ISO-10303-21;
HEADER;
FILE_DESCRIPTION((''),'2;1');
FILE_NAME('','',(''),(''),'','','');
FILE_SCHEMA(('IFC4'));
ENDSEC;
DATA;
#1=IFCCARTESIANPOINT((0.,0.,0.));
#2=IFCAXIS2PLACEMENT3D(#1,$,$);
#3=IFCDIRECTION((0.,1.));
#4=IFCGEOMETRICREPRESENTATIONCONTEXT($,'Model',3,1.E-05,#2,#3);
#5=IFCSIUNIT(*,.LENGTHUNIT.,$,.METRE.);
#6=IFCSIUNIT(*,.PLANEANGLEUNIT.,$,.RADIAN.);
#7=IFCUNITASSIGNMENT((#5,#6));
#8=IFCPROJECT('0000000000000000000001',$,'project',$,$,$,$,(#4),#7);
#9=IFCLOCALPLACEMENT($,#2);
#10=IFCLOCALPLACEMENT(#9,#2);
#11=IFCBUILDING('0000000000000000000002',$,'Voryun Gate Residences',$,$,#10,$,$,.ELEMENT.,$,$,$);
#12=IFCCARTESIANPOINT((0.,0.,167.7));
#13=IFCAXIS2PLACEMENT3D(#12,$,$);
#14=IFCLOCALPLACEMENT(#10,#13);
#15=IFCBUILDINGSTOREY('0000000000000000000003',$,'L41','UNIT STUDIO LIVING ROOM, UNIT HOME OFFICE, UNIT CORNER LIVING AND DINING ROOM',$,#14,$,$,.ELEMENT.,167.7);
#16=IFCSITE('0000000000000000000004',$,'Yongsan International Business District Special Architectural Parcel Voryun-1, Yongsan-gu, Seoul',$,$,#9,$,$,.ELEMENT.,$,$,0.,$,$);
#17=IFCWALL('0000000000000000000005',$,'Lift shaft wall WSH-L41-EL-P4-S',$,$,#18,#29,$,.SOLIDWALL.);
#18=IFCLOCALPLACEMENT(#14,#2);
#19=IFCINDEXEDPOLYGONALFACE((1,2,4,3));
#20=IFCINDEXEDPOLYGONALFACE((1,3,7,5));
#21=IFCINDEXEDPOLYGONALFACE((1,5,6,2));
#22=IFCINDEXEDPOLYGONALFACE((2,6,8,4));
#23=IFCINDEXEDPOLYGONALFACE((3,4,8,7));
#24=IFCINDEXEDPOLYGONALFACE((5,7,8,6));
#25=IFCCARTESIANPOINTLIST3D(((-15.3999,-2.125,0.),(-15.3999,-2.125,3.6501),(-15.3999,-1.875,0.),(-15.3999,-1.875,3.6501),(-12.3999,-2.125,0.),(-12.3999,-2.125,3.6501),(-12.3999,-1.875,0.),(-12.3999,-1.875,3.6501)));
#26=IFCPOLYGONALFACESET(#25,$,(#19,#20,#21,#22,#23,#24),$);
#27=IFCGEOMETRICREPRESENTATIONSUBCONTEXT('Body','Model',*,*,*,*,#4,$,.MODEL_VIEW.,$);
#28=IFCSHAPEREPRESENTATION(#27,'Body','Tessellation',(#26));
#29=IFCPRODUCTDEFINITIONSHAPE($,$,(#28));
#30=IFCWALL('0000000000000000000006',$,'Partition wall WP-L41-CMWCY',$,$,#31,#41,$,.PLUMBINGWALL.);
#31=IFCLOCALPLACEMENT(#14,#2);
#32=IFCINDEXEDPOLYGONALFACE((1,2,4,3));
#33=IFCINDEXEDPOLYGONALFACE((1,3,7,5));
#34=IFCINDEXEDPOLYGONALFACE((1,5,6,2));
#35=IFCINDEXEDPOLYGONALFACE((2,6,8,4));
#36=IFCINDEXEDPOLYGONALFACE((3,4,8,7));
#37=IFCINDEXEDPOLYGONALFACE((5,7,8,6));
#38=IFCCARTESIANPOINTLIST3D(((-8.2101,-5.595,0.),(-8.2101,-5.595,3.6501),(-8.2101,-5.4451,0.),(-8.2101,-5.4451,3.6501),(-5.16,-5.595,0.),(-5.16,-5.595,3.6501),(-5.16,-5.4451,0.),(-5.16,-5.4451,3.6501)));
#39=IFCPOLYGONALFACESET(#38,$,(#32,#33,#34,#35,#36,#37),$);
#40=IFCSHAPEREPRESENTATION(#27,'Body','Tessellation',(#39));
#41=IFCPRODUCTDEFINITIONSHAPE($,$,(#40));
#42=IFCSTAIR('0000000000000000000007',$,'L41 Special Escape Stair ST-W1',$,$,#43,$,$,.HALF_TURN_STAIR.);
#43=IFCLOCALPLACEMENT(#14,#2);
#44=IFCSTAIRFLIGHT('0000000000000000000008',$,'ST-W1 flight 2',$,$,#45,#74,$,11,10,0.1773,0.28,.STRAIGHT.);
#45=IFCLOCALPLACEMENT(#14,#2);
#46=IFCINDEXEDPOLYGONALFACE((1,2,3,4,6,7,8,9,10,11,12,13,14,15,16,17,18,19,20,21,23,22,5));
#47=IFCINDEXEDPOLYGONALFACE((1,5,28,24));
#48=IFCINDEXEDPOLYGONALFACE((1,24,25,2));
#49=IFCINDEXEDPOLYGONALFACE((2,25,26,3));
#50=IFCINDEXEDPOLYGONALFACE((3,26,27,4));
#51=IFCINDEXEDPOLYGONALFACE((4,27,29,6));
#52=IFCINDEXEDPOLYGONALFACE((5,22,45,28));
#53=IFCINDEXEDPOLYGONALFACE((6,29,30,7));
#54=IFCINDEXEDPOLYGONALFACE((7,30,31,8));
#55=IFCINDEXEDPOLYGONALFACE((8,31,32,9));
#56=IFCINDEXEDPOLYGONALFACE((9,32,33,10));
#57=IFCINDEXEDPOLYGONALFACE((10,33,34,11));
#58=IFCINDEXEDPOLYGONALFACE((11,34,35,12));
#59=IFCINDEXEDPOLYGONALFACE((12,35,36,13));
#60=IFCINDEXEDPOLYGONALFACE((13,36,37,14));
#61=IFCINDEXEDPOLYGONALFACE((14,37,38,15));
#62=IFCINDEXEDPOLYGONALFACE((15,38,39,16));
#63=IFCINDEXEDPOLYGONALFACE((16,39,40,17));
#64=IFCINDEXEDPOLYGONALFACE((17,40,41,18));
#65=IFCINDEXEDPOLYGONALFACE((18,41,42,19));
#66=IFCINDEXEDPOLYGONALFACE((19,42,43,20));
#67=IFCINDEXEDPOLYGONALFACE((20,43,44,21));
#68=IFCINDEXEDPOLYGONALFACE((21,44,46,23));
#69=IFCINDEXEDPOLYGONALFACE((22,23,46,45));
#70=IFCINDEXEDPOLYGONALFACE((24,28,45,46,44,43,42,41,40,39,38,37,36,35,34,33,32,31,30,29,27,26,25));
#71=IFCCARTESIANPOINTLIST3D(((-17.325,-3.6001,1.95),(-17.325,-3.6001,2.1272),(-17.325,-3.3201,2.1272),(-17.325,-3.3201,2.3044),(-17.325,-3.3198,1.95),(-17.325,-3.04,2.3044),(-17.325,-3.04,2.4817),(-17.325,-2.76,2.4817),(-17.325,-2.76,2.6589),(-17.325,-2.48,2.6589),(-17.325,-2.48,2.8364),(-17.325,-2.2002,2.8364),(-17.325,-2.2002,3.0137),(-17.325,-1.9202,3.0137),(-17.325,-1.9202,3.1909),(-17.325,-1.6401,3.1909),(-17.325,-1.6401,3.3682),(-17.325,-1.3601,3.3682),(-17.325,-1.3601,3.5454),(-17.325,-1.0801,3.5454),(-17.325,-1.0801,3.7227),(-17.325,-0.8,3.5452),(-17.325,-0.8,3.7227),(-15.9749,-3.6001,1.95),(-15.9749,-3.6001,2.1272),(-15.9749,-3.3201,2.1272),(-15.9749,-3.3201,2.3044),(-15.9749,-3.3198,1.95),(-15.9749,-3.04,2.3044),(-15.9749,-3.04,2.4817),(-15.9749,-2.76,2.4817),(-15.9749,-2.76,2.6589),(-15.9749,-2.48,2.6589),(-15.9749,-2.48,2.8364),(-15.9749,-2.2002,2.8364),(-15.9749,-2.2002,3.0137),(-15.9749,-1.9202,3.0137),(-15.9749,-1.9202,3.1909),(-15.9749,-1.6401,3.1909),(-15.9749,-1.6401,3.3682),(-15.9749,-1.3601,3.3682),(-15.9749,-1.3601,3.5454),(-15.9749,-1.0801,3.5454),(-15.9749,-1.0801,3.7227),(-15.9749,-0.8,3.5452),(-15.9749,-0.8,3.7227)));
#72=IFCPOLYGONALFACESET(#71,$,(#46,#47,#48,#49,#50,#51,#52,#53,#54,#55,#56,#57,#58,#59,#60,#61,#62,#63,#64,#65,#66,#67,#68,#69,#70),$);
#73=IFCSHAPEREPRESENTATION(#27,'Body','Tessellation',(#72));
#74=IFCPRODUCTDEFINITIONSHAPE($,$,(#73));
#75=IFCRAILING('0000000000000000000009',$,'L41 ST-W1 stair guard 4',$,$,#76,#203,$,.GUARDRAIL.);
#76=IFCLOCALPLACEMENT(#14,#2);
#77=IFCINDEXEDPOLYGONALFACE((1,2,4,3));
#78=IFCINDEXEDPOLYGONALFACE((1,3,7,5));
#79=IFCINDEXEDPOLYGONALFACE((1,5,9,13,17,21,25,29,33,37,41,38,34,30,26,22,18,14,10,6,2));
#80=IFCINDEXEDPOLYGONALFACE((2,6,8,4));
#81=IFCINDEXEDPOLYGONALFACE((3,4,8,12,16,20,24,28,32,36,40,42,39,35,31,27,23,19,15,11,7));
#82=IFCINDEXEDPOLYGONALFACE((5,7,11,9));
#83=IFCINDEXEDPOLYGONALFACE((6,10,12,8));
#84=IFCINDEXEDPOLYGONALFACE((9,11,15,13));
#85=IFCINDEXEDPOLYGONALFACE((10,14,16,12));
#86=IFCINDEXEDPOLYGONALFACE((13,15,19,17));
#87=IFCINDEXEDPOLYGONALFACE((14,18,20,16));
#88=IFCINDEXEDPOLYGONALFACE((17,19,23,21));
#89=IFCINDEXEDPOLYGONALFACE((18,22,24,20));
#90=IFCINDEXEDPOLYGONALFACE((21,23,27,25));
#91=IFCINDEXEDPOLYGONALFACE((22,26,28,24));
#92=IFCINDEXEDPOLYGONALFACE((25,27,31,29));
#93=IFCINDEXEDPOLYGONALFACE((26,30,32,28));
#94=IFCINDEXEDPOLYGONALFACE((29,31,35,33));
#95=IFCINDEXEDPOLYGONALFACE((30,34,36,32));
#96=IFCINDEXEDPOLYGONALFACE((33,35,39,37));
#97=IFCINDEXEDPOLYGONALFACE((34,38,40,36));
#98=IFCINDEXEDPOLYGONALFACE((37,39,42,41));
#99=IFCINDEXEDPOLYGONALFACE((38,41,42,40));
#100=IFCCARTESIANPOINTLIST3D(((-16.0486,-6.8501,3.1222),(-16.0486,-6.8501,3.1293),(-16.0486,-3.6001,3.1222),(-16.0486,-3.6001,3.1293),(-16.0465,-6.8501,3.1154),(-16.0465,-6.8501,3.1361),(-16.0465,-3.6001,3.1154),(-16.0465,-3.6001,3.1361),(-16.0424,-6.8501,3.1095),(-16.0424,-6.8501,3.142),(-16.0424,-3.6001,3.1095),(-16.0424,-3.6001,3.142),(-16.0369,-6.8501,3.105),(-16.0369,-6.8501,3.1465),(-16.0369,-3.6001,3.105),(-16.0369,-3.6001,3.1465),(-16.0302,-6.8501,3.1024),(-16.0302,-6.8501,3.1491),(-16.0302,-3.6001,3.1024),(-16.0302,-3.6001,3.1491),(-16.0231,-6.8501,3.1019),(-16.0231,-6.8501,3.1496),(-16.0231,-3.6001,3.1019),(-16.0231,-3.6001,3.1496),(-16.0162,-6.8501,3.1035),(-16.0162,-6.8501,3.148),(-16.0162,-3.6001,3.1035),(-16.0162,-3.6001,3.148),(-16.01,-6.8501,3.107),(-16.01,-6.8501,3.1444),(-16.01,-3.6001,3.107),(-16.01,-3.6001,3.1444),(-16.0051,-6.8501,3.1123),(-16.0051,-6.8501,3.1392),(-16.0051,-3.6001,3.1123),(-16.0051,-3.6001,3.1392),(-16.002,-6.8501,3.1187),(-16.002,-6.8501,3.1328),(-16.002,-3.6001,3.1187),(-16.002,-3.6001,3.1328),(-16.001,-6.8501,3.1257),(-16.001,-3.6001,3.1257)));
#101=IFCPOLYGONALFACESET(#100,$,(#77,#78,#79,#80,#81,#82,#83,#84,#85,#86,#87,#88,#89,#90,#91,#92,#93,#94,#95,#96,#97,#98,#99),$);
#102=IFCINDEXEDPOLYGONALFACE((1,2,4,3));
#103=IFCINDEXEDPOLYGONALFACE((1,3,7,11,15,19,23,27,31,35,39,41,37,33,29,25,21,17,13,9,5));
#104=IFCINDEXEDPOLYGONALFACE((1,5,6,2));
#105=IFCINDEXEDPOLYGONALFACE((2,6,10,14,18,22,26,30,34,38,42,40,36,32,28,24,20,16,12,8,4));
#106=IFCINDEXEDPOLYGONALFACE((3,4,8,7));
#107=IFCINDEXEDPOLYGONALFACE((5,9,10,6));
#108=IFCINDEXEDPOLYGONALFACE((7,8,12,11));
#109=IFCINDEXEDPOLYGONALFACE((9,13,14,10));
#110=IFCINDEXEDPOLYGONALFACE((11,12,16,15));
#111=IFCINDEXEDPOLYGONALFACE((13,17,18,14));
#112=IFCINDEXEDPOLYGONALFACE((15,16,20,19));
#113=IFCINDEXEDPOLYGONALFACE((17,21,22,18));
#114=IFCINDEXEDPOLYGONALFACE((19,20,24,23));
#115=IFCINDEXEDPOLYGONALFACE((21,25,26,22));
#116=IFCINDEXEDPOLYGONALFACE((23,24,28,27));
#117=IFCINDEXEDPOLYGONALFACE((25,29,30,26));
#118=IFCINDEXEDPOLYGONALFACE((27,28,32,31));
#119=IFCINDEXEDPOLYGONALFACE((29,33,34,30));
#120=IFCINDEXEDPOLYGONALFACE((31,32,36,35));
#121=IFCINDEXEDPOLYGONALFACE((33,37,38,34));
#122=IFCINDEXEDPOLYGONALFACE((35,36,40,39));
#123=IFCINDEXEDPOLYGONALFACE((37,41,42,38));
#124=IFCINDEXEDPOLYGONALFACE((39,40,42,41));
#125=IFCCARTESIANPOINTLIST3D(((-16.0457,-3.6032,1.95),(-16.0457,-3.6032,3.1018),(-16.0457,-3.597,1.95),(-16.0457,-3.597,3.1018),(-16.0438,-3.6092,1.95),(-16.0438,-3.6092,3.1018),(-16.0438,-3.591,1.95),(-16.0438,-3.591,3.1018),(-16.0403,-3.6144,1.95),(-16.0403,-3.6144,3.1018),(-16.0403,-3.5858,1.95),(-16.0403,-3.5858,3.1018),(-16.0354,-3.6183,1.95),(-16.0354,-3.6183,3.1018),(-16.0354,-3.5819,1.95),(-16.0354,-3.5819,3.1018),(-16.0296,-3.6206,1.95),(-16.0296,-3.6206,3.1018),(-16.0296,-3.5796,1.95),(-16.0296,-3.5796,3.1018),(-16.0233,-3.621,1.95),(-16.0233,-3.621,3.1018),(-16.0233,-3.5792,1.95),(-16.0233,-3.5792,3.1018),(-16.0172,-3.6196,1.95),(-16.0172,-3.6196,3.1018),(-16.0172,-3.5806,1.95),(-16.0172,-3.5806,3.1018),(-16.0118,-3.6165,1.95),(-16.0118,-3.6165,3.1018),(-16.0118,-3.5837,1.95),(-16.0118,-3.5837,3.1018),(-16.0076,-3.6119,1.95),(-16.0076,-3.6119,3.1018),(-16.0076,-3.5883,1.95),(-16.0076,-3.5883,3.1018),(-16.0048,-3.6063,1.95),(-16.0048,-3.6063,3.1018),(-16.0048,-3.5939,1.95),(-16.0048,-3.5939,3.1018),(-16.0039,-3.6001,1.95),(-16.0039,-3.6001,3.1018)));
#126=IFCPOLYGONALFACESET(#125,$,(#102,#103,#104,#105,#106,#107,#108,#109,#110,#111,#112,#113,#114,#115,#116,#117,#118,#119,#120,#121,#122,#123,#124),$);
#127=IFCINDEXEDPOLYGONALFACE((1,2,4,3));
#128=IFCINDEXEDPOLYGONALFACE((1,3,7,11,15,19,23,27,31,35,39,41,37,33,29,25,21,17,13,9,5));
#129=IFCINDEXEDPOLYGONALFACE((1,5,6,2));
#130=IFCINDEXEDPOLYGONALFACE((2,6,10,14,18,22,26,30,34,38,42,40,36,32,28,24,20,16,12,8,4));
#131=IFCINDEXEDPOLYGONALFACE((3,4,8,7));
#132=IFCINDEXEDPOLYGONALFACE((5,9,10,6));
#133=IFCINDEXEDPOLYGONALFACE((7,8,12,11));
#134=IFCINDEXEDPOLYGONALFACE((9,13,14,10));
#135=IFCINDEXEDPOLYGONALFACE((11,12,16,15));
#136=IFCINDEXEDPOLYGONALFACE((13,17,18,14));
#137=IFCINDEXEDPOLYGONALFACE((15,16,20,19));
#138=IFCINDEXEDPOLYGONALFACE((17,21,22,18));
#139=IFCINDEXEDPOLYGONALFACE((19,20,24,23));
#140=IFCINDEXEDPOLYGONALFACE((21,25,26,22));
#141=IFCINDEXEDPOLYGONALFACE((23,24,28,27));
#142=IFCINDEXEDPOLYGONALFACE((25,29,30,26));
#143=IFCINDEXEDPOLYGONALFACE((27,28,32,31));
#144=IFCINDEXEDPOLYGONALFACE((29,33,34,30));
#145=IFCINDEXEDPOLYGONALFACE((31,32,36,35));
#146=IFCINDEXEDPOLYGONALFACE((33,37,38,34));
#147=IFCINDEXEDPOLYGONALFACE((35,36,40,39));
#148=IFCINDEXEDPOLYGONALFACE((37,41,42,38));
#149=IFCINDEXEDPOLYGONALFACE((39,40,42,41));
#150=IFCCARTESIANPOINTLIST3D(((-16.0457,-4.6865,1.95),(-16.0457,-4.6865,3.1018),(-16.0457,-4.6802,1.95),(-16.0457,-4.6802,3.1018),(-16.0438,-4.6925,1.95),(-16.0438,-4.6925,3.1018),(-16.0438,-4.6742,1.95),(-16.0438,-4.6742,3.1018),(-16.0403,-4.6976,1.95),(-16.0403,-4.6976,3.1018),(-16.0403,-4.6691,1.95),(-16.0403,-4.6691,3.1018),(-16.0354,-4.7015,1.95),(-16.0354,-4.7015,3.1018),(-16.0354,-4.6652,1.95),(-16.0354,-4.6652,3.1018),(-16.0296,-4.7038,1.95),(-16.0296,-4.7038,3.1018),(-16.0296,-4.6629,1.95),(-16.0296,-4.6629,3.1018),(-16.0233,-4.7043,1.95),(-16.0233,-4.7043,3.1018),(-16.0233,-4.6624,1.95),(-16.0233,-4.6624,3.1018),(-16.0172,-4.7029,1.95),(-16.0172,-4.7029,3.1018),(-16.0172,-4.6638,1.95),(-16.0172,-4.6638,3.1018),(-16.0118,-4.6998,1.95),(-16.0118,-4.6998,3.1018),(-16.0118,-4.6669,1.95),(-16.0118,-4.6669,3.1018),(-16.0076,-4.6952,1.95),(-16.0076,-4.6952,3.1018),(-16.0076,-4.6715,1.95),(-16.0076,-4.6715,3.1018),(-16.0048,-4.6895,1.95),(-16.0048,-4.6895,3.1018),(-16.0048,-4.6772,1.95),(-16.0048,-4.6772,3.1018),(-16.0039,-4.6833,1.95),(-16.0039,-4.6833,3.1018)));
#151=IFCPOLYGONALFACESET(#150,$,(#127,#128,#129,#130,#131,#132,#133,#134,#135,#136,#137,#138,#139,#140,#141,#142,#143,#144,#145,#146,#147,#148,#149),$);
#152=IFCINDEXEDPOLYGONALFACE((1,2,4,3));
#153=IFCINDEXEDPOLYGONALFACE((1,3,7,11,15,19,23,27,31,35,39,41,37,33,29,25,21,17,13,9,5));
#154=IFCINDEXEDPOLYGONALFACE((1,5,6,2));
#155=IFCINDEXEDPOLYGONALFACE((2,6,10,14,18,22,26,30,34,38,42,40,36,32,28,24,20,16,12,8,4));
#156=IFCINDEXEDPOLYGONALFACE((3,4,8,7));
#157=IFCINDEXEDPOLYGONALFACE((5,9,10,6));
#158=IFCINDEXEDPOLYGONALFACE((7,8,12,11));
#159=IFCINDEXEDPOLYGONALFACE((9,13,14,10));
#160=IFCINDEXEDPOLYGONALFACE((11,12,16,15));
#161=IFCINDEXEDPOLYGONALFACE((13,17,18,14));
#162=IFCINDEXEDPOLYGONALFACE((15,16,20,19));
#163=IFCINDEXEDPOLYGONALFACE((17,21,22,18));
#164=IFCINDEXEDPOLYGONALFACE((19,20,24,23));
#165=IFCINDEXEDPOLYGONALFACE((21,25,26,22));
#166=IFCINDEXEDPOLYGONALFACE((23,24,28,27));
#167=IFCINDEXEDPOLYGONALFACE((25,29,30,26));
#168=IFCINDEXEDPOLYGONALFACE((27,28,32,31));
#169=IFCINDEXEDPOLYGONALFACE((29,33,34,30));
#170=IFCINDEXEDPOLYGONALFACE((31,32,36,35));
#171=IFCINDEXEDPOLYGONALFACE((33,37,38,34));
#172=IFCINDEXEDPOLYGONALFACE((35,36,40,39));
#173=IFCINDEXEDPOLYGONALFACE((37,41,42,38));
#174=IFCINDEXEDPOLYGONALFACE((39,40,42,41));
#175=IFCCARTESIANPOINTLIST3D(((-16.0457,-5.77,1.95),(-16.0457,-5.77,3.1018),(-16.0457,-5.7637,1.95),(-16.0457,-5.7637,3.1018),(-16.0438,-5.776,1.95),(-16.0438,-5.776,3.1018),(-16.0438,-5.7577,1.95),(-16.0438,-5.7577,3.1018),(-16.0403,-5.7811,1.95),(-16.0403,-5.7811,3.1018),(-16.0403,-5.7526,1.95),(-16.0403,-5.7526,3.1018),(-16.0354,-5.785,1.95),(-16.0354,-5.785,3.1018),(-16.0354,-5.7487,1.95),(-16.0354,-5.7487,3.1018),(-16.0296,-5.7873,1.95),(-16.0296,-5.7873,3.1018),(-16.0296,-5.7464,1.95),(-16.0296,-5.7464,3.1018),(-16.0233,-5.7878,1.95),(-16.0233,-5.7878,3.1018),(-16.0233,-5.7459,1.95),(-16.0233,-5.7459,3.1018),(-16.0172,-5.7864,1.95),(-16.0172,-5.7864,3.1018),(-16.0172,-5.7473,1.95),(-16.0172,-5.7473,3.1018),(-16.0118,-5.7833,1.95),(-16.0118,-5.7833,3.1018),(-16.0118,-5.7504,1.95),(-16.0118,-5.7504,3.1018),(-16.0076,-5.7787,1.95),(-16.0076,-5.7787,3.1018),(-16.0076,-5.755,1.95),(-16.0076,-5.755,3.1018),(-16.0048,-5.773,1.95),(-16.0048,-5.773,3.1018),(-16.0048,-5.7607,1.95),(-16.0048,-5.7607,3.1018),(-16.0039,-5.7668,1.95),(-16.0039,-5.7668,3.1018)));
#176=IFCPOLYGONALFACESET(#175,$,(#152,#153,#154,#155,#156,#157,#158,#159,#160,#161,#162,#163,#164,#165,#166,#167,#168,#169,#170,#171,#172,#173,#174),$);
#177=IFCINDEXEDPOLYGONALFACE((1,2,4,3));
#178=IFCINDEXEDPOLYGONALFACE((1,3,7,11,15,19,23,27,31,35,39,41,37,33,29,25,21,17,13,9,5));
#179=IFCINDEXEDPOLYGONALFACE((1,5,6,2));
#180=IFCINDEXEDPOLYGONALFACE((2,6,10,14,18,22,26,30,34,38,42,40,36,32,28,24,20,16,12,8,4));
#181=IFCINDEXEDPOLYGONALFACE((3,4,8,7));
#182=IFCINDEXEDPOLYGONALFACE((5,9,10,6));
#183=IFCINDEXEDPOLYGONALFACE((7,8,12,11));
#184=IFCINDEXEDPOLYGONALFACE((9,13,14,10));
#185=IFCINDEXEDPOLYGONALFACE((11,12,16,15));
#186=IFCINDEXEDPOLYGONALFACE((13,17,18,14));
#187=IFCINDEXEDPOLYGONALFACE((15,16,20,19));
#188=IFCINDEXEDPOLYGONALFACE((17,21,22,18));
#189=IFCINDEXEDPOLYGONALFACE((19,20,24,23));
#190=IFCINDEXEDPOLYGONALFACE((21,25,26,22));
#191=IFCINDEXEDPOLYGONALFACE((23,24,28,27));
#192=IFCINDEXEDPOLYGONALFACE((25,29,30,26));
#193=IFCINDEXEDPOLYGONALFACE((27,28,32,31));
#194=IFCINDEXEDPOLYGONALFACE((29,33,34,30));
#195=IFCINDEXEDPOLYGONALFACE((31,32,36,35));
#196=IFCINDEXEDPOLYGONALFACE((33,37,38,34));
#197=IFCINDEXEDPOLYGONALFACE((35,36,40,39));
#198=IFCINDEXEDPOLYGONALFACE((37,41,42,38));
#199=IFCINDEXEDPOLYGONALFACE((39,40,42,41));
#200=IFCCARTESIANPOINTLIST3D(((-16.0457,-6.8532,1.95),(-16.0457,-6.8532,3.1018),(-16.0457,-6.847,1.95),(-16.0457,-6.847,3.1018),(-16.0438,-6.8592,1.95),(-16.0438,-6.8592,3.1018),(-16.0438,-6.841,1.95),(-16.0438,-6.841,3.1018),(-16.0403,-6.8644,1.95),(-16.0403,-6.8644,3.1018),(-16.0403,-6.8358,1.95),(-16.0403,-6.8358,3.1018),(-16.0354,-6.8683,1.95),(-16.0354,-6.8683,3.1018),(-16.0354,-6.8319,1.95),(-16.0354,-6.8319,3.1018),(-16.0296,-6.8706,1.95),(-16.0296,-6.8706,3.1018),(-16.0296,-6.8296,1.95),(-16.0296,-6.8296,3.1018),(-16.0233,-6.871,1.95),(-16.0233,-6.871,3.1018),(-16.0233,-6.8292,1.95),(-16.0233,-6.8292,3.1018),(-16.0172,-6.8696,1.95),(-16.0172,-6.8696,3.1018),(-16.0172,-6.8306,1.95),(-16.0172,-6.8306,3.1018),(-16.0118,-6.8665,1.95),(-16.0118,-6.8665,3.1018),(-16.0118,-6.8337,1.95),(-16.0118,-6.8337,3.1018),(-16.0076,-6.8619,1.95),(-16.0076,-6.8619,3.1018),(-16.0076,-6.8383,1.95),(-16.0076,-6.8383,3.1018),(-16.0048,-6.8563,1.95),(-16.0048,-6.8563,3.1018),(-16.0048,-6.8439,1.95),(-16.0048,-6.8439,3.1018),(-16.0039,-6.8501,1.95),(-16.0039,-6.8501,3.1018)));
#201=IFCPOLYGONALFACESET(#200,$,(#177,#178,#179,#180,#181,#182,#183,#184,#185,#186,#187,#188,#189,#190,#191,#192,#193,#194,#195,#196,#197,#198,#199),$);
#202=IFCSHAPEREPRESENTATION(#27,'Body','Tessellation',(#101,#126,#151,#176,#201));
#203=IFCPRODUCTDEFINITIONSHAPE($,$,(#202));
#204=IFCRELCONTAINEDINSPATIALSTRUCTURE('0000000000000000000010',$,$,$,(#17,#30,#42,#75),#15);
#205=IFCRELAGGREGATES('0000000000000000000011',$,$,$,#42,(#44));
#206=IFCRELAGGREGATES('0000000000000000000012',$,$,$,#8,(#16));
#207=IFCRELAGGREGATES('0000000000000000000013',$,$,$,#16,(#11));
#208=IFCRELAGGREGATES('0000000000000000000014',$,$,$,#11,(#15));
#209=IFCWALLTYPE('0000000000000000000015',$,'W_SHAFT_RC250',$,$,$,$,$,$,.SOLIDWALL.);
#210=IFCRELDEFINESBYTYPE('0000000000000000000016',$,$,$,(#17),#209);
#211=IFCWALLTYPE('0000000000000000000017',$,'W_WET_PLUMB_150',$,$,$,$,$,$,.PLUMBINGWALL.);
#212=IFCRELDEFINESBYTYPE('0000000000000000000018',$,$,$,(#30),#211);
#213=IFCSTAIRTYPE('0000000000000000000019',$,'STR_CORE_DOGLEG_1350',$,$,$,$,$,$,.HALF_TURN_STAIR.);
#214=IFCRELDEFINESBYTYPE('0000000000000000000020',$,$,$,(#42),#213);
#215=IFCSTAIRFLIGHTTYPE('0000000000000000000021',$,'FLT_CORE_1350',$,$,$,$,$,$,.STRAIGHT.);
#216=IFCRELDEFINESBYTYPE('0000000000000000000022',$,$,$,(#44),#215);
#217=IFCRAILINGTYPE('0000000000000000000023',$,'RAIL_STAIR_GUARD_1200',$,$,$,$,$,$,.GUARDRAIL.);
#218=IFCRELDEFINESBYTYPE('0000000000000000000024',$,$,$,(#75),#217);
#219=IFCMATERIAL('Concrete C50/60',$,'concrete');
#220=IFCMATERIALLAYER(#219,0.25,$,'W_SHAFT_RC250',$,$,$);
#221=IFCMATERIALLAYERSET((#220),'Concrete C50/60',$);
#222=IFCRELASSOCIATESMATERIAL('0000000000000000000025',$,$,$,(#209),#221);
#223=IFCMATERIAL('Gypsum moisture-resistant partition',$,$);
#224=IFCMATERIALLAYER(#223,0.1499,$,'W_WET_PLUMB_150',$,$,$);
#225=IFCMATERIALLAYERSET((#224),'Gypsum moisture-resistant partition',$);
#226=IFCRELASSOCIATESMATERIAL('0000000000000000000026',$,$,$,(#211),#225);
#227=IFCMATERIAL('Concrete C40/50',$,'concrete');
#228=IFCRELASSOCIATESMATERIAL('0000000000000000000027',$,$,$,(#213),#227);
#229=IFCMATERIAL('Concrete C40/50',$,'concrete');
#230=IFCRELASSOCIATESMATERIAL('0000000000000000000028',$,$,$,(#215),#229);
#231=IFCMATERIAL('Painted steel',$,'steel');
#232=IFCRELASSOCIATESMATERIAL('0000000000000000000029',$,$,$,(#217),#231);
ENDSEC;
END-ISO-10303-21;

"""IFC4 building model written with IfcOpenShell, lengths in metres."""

from ifc_helpers import new_model, si_unit, direction, frame, frame_2d, origin, origin_2d, place, context, subcontext, project, spatial, polyline, rectangle, circle, outline, extrude, material, layer, layer_set, type_object, element, aggregate, save


model = new_model("IFC4")

# Units and contexts
model_context = context("Model", 3, precision=1e-05, world=origin(), true_north=direction((0.0, 1.0)))
body_context = subcontext(model_context, "Body", "Model", "MODEL_VIEW")
ifc_project = project(units=[si_unit("LENGTHUNIT", "METRE"), si_unit("PLANEANGLEUNIT", "RADIAN")], contexts=[model_context])

# Site, building, storey
site_placement = place(None, origin())
site = spatial("IfcSite", under=ifc_project, at=site_placement, Name="Yongsan International Business District Special Architectural Parcel Voryun-1, Yongsan-gu, Seoul", CompositionType="ELEMENT", RefElevation=0.0)
building_placement = place(site_placement, origin())
building = spatial("IfcBuilding", under=site, at=building_placement, Name="Voryun Gate Residences", CompositionType="ELEMENT")
storey_placement = place(building_placement, frame((0.0, 0.0, 167.7)))
storey = spatial("IfcBuildingStorey", under=building, at=storey_placement, Name="L41", Description="UNIT STUDIO LIVING ROOM, UNIT HOME OFFICE, UNIT CORNER LIVING AND DINING ROOM", CompositionType="ELEMENT", Elevation=167.7)

# Walls
ifc_material_1 = material(Name="Concrete C50/60", Category="concrete")
ifc_layer_1 = layer(ifc_material_1, 0.25, Name="W_SHAFT_RC250")
ifc_layer_set_1 = layer_set([ifc_layer_1], Name="Concrete C50/60")
wall_type_1 = type_object("IfcWallType", Name="W_SHAFT_RC250", PredefinedType="SOLIDWALL", material=ifc_layer_set_1)
wall_1_placement = place(storey_placement, frame((-15.3999, -2.0, 0.0), z_axis=(0.0, 0.0, 1.0), x_axis=(1.0, 0.0, 0.0)))
element("IfcWall", 1, at=wall_1_placement, inside=storey, type_object=wall_type_1, Name="Lift shaft wall WSH-L41-EL-P4-S", PredefinedType="SOLIDWALL", context=body_context, shape_type="SweptSolid", body=[
    extrude(rectangle(XDim=3.0, YDim=0.25, at=frame_2d((1.5, 0.0))), origin(), (0.0, 0.0, 1.0), 3.6501),
])
ifc_material_2 = material(Name="Gypsum moisture-resistant partition")
ifc_layer_2 = layer(ifc_material_2, 0.1499, Name="W_WET_PLUMB_150")
ifc_layer_set_2 = layer_set([ifc_layer_2], Name="Gypsum moisture-resistant partition")
wall_type_2 = type_object("IfcWallType", Name="W_WET_PLUMB_150", PredefinedType="PLUMBINGWALL", material=ifc_layer_set_2)
wall_2_placement = place(storey_placement, frame((-8.21, -5.52, 0.0), z_axis=(0.0, 0.0, 1.0), x_axis=(1.0, 0.0, 0.0)))
element("IfcWall", 2, at=wall_2_placement, inside=storey, type_object=wall_type_2, Name="Partition wall WP-L41-CMWCY", PredefinedType="PLUMBINGWALL", context=body_context, shape_type="SweptSolid", body=[
    extrude(rectangle(XDim=3.05, YDim=0.1499, at=frame_2d((1.5249, 0.0))), origin(), (0.0, 0.0, 1.0), 3.6501),
])

# Stair, stair flight
ifc_material_3 = material(Name="Concrete C40/50", Category="concrete")
stair_type = type_object("IfcStairType", Name="STR_CORE_DOGLEG_1350", PredefinedType="HALF_TURN_STAIR", material=ifc_material_3)
stair_placement = place(storey_placement, origin())
stair = element("IfcStair", 3, at=stair_placement, inside=storey, type_object=stair_type, Name="L41 Special Escape Stair ST-W1", PredefinedType="HALF_TURN_STAIR")
ifc_material_4 = material(Name="Concrete C40/50", Category="concrete")
stair_flight_type = type_object("IfcStairFlightType", Name="FLT_CORE_1350", PredefinedType="STRAIGHT", material=ifc_material_4)
stair_flight_placement = place(storey_placement, frame((-16.6499, -3.6001, 1.95), z_axis=(0.0, 0.0, 1.0), x_axis=(0.0, 1.0, 0.0)))
stair_flight = element("IfcStairFlight", 4, at=stair_flight_placement, type_object=stair_flight_type, Name="ST-W1 flight 2", NumberOfRisers=11, NumberOfTreads=10, PredefinedType="STRAIGHT", RiserHeight=0.1773, TreadLength=0.28, context=body_context, shape_type="SweptSolid", body=[
    extrude(outline(polyline([(0.0, 0.0), (0.0, 0.1772), (0.28, 0.1772), (0.28, 0.3545), (0.5601, 0.3545), (0.5601, 0.5317), (0.8401, 0.5317), (0.8401, 0.709), (1.1201, 0.709), (1.1201, 0.8865), (1.3999, 0.8865), (1.3999, 1.0637), (1.6799, 1.0637), (1.6799, 1.241), (1.96, 1.241), (1.96, 1.4182), (2.24, 1.4182), (2.24, 1.5955), (2.52, 1.5955), (2.52, 1.7727), (2.8, 1.7727), (2.8, 1.95), (2.8, 1.5952), (0.2803, 0.0), (0.0, 0.0)])), frame((0.0, 0.675, 0.0), z_axis=(0.0, -1.0, 0.0), x_axis=(1.0, 0.0, 0.0)), (0.0, 0.0, 1.0), 1.3501),
])
aggregate(stair, [stair_flight])

# Railing
ifc_material_5 = material(Name="Painted steel", Category="steel")
railing_type_1 = type_object("IfcRailingType", Name="RAIL_STAIR_GUARD_1200", PredefinedType="GUARDRAIL", material=ifc_material_5)
railing_1_placement = place(storey_placement, frame((-16.0249, -3.6001, 1.95)))
element("IfcRailing", 5, at=railing_1_placement, inside=storey, type_object=railing_type_1, Name="L41 ST-W1 stair guard 4", PredefinedType="GUARDRAIL", context=body_context, shape_type="SweptSolid", body=[
    extrude(circle(Radius=0.0239, at=origin_2d()), frame((0.0, 0.0, 1.1758), z_axis=(0.0, -1.0, 0.0), x_axis=(1.0, 0.0, 0.0)), (0.0, 0.0, 1.0), 3.25),
    extrude(circle(Radius=0.021, at=origin_2d()), origin(), (0.0, 0.0, 1.0), 1.1519),
    extrude(circle(Radius=0.021, at=origin_2d()), frame((0.0, -1.0833, 0.0)), (0.0, 0.0, 1.0), 1.1519),
    extrude(circle(Radius=0.021, at=origin_2d()), frame((0.0, -2.1667, 0.0)), (0.0, 0.0, 1.0), 1.1519),
    extrude(circle(Radius=0.021, at=origin_2d()), frame((0.0, -3.25, 0.0)), (0.0, 0.0, 1.0), 1.1519),
])

save(model, "model.ifc")
